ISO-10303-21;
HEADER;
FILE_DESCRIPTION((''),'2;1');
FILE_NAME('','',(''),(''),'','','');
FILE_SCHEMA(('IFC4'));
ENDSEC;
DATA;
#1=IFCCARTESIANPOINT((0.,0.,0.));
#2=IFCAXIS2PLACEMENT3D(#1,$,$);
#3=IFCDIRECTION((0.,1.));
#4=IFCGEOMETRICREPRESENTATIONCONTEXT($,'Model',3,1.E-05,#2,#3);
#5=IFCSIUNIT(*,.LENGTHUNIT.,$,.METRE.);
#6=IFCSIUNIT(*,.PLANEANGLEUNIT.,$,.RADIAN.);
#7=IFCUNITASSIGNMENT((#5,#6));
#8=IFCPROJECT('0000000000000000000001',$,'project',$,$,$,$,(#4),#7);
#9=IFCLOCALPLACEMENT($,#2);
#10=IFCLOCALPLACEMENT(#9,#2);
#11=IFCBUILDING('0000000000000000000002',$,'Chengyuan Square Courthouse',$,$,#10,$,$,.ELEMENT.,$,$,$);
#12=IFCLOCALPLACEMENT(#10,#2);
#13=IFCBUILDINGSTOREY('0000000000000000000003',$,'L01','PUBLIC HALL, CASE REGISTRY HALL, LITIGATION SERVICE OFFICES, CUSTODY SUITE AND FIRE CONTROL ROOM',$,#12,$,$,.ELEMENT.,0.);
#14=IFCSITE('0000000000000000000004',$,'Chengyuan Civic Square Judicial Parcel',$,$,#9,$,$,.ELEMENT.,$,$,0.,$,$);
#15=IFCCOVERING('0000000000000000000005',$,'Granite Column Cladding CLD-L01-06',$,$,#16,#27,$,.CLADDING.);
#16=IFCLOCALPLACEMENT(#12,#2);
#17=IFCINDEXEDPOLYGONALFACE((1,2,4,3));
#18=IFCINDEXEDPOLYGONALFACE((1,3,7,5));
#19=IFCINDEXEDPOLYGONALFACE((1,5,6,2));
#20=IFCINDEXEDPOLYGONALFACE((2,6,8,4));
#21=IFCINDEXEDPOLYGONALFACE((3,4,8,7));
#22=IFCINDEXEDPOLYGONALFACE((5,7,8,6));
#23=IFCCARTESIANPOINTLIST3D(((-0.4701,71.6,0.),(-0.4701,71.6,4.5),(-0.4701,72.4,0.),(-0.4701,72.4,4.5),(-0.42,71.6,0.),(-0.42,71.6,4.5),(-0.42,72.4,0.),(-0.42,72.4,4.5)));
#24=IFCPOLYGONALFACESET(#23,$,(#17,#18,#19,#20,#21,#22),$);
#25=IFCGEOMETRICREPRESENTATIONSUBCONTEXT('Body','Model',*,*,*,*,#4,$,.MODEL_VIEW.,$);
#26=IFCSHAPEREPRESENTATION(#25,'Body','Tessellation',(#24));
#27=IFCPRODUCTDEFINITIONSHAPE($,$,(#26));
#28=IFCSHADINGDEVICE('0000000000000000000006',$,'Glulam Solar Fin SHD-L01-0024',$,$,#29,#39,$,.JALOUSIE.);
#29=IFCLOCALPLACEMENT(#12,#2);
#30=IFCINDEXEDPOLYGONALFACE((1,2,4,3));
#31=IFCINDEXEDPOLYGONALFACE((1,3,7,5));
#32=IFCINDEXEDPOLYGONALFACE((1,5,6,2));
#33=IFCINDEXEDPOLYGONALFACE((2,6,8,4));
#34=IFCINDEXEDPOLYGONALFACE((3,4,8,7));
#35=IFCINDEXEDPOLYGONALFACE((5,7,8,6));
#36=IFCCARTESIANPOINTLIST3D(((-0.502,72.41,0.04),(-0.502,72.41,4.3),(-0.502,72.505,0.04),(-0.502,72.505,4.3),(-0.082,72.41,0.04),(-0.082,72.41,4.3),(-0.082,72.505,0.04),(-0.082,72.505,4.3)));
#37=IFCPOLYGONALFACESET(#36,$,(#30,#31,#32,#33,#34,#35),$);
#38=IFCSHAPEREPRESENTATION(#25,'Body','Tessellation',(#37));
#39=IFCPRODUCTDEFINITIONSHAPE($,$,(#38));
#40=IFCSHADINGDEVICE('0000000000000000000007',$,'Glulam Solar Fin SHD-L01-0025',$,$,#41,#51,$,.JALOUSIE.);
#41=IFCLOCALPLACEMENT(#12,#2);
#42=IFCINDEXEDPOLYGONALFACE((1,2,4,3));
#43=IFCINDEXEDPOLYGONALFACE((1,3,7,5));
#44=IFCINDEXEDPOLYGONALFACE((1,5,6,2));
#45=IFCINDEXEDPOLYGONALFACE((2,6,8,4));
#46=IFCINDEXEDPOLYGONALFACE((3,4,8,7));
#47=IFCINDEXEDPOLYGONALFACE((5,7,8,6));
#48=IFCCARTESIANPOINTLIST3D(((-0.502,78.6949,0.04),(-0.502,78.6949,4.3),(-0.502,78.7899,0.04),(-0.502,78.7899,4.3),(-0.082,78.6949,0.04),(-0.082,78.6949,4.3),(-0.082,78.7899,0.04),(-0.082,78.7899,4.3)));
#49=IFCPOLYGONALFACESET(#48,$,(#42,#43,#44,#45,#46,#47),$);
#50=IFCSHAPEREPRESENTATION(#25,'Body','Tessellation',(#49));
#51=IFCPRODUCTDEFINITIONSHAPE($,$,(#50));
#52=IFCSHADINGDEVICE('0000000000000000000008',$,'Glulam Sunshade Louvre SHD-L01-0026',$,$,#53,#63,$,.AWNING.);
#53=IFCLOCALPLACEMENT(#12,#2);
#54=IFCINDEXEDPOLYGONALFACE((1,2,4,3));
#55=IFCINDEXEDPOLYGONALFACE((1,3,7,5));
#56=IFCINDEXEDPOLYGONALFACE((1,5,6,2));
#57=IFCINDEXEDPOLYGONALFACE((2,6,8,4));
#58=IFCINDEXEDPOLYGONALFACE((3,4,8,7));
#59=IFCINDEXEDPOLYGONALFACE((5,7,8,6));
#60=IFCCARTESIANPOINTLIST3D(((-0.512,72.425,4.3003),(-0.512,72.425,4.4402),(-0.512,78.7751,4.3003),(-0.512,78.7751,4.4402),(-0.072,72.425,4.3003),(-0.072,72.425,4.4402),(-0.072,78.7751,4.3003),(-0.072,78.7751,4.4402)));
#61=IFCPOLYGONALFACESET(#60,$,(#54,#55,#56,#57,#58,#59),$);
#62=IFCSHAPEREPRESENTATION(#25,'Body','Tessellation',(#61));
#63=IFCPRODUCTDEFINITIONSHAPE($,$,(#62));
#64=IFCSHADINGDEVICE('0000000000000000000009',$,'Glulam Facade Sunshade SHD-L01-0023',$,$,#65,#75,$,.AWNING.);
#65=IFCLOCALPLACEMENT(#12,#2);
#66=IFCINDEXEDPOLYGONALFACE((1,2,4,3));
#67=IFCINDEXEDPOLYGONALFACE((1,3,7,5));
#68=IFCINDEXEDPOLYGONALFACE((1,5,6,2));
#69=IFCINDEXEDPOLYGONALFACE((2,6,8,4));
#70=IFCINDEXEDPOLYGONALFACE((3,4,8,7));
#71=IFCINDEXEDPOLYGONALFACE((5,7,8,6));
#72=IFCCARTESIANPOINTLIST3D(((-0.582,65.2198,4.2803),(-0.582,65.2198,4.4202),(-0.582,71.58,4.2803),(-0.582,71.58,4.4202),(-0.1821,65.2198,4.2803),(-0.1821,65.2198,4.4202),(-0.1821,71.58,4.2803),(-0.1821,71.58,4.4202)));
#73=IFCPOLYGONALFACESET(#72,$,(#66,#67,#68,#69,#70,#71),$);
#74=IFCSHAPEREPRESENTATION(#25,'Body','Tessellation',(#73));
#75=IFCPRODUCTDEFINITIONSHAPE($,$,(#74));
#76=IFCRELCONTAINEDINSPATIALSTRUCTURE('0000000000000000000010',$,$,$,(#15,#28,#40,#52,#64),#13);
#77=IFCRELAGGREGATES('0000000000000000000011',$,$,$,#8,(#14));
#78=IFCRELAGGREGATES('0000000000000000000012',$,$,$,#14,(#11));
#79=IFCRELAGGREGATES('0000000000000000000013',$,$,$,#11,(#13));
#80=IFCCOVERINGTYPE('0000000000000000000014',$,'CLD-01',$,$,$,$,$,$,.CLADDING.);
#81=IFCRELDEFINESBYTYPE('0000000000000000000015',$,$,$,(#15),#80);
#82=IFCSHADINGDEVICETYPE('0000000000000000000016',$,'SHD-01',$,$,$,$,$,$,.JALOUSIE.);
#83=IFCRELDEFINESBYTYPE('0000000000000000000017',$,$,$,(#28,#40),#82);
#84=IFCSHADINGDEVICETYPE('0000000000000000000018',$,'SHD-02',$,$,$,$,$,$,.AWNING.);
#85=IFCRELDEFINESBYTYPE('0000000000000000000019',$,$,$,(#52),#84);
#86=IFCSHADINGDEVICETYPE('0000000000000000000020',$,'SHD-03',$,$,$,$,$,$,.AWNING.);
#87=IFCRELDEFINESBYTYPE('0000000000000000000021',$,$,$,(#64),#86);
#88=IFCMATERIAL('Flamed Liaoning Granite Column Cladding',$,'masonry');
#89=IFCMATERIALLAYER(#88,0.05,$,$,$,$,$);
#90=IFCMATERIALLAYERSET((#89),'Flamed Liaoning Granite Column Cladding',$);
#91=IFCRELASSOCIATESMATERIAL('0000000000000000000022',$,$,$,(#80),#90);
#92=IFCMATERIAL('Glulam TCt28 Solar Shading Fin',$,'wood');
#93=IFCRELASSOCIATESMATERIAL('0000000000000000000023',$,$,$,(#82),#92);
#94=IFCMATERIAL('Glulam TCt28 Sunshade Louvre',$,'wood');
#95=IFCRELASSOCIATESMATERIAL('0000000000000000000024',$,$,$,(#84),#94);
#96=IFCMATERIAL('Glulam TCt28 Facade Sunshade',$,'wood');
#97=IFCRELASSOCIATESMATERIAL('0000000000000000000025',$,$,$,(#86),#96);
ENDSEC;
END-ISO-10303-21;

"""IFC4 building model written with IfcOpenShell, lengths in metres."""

from ifc_helpers import new_model, si_unit, direction, frame, origin, origin_2d, place, context, subcontext, project, spatial, rectangle, extrude, material, layer, layer_set, type_object, element, save


model = new_model("IFC4")

# Units and contexts
model_context = context("Model", 3, precision=1e-05, world=origin(), true_north=direction((0.0, 1.0)))
body_context = subcontext(model_context, "Body", "Model", "MODEL_VIEW")
ifc_project = project(units=[si_unit("LENGTHUNIT", "METRE"), si_unit("PLANEANGLEUNIT", "RADIAN")], contexts=[model_context])

# Site, building, storey
site_placement = place(None, origin())
site = spatial("IfcSite", under=ifc_project, at=site_placement, Name="Chengyuan Civic Square Judicial Parcel", CompositionType="ELEMENT", RefElevation=0.0)
building_placement = place(site_placement, origin())
building = spatial("IfcBuilding", under=site, at=building_placement, Name="Chengyuan Square Courthouse", CompositionType="ELEMENT")
storey_placement = place(building_placement, origin())
storey = spatial("IfcBuildingStorey", under=building, at=storey_placement, Name="L01", Description="PUBLIC HALL, CASE REGISTRY HALL, LITIGATION SERVICE OFFICES, CUSTODY SUITE AND FIRE CONTROL ROOM", CompositionType="ELEMENT", Elevation=0.0)

# Covering
ifc_material_1 = material(Name="Flamed Liaoning Granite Column Cladding", Category="masonry")
ifc_layer_1 = layer(ifc_material_1, 0.05)
ifc_layer_set_1 = layer_set([ifc_layer_1], Name="Flamed Liaoning Granite Column Cladding")
covering_type = type_object("IfcCoveringType", Name="CLD-01", PredefinedType="CLADDING", material=ifc_layer_set_1)
covering_placement = place(storey_placement, frame((-0.4451, 72.0, 0.0), z_axis=(0.0, 0.0, 1.0), x_axis=(1.0, 0.0, 0.0)))
element("IfcCovering", 1, at=covering_placement, inside=storey, type_object=covering_type, Name="Granite Column Cladding CLD-L01-06", PredefinedType="CLADDING", context=body_context, shape_type="SweptSolid", body=[
    extrude(rectangle(XDim=0.05, YDim=0.8, at=origin_2d()), origin(), (0.0, 0.0, 1.0), 4.5),
])

# Shading devices
ifc_material_2 = material(Name="Glulam TCt28 Solar Shading Fin", Category="wood")
shading_device_type_1 = type_object("IfcShadingDeviceType", Name="SHD-01", PredefinedType="JALOUSIE", material=ifc_material_2)
for number, where, z_axis, x_axis, name in (
    (2, (-0.292, 72.4575, 0.04), (0.0, 0.0, 1.0), (1.0, 0.0, 0.0), "Glulam Solar Fin SHD-L01-0024"),
    (3, (-0.292, 78.7424, 0.04), (0.0, 0.0, 1.0), (1.0, 0.0, 0.0), "Glulam Solar Fin SHD-L01-0025"),
):
    element("IfcShadingDevice", number, at=place(storey_placement, frame(where, z_axis=z_axis, x_axis=x_axis)), inside=storey, type_object=shading_device_type_1, Name=name, PredefinedType="JALOUSIE", context=body_context, shape_type="SweptSolid", body=[
        extrude(rectangle(XDim=0.4199, YDim=0.095, at=origin_2d()), origin(), (0.0, 0.0, 1.0), 4.26),
    ])
ifc_material_3 = material(Name="Glulam TCt28 Sunshade Louvre", Category="wood")
shading_device_type_2 = type_object("IfcShadingDeviceType", Name="SHD-02", PredefinedType="AWNING", material=ifc_material_3)
shading_device_1_placement = place(storey_placement, frame((-0.292, 75.6001, 4.3003), z_axis=(0.0, 0.0, 1.0), x_axis=(0.0, 1.0, 0.0)))
element("IfcShadingDevice", 4, at=shading_device_1_placement, inside=storey, type_object=shading_device_type_2, Name="Glulam Sunshade Louvre SHD-L01-0026", PredefinedType="AWNING", context=body_context, shape_type="SweptSolid", body=[
    extrude(rectangle(XDim=6.3501, YDim=0.4399, at=origin_2d()), origin(), (0.0, 0.0, 1.0), 0.1399),
])
ifc_material_4 = material(Name="Glulam TCt28 Facade Sunshade", Category="wood")
shading_device_type_3 = type_object("IfcShadingDeviceType", Name="SHD-03", PredefinedType="AWNING", material=ifc_material_4)
shading_device_2_placement = place(storey_placement, frame((-0.3821, 68.3999, 4.2803), z_axis=(0.0, 0.0, 1.0), x_axis=(0.0, 1.0, 0.0)))
element("IfcShadingDevice", 5, at=shading_device_2_placement, inside=storey, type_object=shading_device_type_3, Name="Glulam Facade Sunshade SHD-L01-0023", PredefinedType="AWNING", context=body_context, shape_type="SweptSolid", body=[
    extrude(rectangle(XDim=6.3601, YDim=0.3999, at=origin_2d()), origin(), (0.0, 0.0, 1.0), 0.1399),
])

save(model, "model.ifc")
